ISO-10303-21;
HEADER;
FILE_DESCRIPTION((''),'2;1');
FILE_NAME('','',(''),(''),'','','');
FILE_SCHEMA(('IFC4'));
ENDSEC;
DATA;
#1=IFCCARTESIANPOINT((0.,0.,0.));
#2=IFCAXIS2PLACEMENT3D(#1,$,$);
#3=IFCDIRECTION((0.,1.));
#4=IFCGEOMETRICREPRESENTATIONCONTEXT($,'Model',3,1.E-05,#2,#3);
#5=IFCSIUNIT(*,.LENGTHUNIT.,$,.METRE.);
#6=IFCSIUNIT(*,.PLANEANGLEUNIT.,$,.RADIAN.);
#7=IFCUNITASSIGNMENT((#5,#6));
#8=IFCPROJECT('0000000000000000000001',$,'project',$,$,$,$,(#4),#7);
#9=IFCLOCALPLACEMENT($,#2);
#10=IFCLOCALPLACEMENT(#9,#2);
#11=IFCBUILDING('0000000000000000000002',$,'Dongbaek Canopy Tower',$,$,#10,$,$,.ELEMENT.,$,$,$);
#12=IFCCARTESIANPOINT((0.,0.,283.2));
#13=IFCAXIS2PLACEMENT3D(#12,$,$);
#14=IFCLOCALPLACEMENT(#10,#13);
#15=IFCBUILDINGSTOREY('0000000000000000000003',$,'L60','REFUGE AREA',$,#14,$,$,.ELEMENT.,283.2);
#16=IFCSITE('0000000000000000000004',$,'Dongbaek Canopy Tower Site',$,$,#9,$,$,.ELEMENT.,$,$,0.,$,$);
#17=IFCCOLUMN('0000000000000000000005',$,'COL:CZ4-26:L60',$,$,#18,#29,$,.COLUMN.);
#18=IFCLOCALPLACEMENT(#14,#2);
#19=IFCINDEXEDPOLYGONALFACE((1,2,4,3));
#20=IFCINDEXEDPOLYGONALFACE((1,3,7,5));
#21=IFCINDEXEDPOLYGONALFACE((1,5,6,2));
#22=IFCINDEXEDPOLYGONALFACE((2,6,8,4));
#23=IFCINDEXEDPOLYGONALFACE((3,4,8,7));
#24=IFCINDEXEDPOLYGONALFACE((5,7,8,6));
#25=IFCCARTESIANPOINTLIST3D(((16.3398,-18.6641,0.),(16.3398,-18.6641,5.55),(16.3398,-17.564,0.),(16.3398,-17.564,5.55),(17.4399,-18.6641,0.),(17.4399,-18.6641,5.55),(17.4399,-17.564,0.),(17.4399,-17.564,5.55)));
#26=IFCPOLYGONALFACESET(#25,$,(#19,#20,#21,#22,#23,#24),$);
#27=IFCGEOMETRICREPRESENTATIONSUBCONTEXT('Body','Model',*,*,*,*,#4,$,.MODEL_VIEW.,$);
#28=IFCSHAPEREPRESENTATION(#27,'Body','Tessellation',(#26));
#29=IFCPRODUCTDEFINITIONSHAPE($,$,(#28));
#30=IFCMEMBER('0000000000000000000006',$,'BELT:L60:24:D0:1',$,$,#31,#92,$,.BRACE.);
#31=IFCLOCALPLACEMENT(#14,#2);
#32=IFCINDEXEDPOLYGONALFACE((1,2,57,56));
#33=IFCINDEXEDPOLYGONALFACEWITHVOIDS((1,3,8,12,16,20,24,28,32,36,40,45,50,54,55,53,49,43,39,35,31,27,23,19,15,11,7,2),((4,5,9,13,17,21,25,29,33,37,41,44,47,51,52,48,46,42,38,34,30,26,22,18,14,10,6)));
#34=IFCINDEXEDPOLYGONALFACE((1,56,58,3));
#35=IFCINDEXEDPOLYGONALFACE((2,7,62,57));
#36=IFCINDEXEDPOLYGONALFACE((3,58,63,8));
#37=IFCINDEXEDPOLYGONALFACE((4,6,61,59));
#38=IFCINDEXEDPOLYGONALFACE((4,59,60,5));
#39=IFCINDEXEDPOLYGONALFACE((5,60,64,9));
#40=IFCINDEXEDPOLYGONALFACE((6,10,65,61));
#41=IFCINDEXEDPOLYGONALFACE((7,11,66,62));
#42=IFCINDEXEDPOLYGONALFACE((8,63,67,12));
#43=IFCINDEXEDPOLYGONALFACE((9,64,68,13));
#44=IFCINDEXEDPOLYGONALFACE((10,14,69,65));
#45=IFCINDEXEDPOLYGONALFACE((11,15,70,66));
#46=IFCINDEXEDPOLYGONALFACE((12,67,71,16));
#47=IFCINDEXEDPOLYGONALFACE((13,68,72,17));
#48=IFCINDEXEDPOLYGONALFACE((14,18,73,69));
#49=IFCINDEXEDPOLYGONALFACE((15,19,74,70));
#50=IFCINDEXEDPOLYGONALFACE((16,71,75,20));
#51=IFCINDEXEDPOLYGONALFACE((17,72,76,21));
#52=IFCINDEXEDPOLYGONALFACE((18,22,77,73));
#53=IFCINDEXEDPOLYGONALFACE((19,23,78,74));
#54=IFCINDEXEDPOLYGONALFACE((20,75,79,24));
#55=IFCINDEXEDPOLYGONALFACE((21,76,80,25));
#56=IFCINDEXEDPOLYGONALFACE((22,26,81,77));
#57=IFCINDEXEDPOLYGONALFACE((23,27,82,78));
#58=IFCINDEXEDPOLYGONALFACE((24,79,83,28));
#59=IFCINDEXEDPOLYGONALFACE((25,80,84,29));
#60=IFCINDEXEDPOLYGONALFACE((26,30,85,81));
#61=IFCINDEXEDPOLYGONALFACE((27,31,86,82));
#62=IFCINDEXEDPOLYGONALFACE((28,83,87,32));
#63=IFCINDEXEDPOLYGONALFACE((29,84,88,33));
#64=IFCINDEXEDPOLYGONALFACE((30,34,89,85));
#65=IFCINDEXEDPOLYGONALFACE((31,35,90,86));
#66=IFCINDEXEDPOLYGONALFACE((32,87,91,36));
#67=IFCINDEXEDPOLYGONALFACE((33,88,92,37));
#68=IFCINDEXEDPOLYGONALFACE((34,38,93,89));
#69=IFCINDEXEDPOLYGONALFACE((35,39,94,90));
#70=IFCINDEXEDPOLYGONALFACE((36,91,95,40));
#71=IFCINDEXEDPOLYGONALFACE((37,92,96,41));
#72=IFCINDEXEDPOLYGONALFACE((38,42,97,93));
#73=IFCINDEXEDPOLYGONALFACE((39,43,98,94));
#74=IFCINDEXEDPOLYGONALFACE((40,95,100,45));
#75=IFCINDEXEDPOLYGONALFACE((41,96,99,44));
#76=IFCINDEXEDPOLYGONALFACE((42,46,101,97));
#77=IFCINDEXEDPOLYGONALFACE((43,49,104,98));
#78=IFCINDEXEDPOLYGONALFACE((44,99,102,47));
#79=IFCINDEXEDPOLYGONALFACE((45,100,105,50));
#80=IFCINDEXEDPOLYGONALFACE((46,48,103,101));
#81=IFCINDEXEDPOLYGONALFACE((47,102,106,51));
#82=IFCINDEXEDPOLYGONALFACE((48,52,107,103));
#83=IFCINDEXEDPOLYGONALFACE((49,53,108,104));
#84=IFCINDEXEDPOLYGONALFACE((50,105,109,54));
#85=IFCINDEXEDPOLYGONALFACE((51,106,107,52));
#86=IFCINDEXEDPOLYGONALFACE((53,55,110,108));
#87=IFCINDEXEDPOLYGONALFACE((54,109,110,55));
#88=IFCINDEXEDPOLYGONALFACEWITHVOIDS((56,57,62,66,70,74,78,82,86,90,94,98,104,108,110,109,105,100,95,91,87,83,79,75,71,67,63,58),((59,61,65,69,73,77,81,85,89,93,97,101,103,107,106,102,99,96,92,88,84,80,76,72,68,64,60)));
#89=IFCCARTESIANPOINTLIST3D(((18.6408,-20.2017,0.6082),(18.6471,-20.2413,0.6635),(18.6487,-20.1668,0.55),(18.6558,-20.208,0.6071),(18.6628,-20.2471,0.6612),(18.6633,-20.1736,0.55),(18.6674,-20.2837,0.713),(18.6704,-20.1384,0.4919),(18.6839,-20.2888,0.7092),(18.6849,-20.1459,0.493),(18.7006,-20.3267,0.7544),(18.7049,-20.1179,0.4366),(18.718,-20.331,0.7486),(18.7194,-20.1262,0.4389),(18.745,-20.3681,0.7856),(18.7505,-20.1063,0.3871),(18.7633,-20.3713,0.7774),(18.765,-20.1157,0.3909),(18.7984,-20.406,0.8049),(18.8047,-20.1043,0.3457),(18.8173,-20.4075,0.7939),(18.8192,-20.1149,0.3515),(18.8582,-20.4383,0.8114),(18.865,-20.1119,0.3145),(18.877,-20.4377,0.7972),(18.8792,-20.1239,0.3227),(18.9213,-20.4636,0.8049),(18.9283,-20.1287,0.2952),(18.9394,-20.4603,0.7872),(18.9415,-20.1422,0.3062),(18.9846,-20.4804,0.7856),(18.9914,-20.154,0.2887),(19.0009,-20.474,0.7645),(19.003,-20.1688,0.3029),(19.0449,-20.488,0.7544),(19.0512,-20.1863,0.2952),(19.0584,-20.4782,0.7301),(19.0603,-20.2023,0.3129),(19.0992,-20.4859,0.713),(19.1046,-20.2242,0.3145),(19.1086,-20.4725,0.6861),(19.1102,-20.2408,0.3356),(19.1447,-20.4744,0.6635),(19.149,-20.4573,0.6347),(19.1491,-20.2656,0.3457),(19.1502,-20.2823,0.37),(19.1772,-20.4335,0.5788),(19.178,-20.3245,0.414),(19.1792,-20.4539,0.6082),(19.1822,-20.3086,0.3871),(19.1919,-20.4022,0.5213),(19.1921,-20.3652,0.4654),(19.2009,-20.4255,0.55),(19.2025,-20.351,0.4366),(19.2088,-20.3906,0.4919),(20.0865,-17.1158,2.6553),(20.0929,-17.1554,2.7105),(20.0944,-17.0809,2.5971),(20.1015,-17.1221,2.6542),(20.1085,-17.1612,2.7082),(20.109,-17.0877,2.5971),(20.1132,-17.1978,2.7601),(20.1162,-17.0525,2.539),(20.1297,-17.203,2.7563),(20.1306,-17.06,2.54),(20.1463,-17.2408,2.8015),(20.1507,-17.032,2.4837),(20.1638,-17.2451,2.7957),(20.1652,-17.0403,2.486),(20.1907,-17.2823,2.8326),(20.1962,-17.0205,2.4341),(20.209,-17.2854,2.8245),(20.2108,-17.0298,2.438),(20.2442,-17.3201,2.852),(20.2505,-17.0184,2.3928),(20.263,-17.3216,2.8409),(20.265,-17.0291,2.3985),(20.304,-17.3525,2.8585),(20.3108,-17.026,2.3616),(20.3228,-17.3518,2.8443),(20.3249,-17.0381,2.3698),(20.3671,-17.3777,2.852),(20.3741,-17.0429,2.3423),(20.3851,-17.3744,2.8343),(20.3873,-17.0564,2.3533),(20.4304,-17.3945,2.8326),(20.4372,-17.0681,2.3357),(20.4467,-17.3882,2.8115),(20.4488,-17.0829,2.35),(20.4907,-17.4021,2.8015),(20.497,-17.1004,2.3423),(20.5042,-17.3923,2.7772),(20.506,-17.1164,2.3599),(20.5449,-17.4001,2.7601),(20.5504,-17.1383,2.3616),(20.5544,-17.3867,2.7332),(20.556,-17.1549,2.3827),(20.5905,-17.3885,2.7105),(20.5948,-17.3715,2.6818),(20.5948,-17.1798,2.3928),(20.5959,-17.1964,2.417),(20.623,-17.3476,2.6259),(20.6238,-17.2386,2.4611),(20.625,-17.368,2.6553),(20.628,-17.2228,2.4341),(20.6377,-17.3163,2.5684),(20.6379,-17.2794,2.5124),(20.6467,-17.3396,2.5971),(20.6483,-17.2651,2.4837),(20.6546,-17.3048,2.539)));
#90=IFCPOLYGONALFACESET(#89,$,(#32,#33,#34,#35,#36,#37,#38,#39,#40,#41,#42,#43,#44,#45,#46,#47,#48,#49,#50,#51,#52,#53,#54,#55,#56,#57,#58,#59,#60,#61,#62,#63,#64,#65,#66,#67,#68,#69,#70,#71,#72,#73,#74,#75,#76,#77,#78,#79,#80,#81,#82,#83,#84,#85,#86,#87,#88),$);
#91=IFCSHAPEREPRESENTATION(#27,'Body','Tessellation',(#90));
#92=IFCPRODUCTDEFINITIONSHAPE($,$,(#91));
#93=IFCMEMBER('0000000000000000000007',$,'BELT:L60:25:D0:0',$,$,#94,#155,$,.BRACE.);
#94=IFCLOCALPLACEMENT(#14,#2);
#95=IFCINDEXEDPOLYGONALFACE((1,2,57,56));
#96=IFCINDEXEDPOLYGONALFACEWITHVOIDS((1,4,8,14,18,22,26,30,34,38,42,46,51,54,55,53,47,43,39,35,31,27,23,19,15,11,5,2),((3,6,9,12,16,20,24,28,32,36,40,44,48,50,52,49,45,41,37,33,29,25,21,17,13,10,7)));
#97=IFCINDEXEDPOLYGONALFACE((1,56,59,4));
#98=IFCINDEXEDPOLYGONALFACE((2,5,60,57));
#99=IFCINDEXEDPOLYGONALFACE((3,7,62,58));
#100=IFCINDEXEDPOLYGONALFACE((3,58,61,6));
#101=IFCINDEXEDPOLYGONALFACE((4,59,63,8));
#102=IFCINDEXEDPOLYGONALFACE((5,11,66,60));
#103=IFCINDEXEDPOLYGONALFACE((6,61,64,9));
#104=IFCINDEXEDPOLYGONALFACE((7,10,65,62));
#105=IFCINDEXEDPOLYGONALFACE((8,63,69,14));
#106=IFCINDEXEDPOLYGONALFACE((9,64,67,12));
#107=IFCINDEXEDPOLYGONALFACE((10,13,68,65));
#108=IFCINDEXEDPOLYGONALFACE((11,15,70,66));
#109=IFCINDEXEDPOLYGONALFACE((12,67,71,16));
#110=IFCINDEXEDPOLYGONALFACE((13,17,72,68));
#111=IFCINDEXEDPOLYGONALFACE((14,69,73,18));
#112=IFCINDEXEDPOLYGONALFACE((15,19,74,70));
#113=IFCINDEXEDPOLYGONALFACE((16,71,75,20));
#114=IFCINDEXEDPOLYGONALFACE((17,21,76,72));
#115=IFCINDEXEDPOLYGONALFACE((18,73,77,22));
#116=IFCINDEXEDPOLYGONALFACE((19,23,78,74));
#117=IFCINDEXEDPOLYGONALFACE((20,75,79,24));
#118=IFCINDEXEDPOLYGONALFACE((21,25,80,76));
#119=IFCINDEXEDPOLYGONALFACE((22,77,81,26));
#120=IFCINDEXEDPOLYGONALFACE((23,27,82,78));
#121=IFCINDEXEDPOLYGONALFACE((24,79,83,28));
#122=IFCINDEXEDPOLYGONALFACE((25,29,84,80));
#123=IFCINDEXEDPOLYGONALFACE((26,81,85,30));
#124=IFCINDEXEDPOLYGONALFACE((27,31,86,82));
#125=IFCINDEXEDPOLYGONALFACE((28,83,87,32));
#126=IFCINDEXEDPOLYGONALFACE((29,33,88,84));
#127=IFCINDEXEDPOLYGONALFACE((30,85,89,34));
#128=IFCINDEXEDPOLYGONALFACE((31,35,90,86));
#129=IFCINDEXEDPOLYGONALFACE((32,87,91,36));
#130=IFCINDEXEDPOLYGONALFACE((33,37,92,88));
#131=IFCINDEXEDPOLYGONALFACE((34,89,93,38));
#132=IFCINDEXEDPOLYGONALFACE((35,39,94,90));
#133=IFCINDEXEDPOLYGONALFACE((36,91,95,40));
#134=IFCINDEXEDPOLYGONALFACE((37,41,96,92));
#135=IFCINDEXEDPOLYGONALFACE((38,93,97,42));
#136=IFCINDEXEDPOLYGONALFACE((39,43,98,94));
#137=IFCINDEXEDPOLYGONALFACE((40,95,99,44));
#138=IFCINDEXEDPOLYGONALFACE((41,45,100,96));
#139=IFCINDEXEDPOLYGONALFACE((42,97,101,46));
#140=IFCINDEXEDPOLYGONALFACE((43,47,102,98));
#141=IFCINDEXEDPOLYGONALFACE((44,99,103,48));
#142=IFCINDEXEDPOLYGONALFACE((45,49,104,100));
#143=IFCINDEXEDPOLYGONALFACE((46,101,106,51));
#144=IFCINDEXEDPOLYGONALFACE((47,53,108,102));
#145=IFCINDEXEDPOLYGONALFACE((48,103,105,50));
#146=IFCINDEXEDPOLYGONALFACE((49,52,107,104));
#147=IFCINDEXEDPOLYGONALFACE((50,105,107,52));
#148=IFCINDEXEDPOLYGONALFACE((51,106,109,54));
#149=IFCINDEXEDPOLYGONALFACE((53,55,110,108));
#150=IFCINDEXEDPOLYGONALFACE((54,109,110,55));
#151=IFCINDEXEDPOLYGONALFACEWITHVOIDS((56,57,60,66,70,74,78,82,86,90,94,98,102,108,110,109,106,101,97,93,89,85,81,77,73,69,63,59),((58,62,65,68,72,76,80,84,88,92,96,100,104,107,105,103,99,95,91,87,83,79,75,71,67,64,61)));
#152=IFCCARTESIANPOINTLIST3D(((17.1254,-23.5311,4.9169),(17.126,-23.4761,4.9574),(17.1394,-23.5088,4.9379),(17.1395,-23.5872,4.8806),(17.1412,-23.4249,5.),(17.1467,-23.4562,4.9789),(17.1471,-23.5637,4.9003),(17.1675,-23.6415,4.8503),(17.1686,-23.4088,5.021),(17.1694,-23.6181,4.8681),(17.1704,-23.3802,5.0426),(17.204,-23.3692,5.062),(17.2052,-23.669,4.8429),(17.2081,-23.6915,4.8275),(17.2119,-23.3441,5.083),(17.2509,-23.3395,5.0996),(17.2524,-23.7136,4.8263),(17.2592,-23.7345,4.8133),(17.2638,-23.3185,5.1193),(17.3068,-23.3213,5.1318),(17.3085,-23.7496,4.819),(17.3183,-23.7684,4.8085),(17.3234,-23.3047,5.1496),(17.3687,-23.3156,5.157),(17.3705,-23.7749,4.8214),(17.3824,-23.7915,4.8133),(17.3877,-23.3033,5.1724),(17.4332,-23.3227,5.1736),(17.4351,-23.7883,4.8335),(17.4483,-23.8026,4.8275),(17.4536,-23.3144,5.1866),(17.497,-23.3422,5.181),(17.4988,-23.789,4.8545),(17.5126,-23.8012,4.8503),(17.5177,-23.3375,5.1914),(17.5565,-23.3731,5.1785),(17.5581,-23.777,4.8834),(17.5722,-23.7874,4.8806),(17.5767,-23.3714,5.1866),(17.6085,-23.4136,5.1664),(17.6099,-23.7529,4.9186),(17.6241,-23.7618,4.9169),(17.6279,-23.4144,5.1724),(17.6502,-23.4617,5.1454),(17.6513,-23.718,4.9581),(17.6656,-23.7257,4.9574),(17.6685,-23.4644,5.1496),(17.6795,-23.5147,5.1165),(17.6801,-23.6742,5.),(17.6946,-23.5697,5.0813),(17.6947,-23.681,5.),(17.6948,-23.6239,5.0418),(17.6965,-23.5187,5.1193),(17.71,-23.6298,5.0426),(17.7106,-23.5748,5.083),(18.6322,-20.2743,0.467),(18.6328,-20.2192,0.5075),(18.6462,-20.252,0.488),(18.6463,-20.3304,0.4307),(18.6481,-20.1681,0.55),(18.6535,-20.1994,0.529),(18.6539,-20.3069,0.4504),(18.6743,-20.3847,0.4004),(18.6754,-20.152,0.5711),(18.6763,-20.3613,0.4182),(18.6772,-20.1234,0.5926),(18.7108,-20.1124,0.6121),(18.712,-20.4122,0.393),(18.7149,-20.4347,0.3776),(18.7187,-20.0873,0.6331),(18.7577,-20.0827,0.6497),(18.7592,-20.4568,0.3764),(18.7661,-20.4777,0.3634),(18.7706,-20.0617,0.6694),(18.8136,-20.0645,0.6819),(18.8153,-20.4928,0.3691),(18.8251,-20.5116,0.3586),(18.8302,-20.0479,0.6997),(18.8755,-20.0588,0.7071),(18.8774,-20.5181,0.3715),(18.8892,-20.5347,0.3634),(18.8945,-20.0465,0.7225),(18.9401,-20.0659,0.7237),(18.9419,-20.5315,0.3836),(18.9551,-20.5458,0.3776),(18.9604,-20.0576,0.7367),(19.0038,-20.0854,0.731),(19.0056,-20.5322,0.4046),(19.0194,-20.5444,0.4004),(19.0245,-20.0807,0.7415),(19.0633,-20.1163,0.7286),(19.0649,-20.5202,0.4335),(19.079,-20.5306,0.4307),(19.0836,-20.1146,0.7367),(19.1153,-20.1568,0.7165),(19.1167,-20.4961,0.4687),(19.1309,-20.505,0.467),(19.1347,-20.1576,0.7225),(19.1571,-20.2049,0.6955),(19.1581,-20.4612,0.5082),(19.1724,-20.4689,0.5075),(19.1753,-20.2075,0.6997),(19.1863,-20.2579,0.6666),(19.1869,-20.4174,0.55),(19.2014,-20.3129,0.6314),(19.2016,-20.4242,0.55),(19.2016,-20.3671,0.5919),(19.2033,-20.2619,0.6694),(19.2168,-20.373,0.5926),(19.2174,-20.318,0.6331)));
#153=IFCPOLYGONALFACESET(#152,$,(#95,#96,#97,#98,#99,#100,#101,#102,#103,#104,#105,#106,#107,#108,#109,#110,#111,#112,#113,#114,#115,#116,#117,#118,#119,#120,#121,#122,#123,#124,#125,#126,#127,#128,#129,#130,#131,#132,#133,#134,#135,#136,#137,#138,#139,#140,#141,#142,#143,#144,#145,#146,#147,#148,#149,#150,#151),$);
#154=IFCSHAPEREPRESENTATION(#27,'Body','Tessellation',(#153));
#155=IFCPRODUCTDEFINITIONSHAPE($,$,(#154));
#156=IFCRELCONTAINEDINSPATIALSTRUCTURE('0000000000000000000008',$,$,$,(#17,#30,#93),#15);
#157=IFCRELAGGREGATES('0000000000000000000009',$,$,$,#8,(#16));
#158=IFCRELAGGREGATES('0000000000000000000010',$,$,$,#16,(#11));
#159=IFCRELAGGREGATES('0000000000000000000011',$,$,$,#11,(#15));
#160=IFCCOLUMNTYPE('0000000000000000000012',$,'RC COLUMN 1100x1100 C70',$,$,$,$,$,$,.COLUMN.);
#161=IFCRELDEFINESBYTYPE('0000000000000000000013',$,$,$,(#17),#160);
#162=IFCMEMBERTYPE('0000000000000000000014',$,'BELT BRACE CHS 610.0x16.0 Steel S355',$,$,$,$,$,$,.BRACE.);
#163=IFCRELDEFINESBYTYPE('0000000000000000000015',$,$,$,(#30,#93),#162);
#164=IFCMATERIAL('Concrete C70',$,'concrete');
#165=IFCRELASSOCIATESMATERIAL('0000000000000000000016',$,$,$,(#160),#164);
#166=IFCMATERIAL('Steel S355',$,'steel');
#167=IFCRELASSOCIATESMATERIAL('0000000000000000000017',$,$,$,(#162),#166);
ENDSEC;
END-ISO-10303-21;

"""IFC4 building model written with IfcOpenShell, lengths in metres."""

from ifc_helpers import new_model, si_unit, direction, frame, origin, origin_2d, place, context, subcontext, project, spatial, rectangle, hollow_circle, extrude, material, material_profile, profile_set, type_object, element, save


model = new_model("IFC4")

# Units and contexts
model_context = context("Model", 3, precision=1e-05, world=origin(), true_north=direction((0.0, 1.0)))
body_context = subcontext(model_context, "Body", "Model", "MODEL_VIEW")
ifc_project = project(units=[si_unit("LENGTHUNIT", "METRE"), si_unit("PLANEANGLEUNIT", "RADIAN")], contexts=[model_context])

# Site, building, storey
site_placement = place(None, origin())
site = spatial("IfcSite", under=ifc_project, at=site_placement, Name="Dongbaek Canopy Tower Site", CompositionType="ELEMENT", RefElevation=0.0)
building_placement = place(site_placement, origin())
building = spatial("IfcBuilding", under=site, at=building_placement, Name="Dongbaek Canopy Tower", CompositionType="ELEMENT")
storey_placement = place(building_placement, frame((0.0, 0.0, 283.2)))
storey = spatial("IfcBuildingStorey", under=building, at=storey_placement, Name="L60", Description="REFUGE AREA", CompositionType="ELEMENT", Elevation=283.2)

# Column
ifc_material_1 = material(Name="Concrete C70", Category="concrete")
ifc_material_profile_1 = material_profile(ifc_material_1, rectangle(XDim=1.1001, YDim=1.1001, at=origin_2d()), Name="RC COLUMN 1100x1100 C70")
ifc_profile_set_1 = profile_set([ifc_material_profile_1], Name="Concrete C70")
column_type = type_object("IfcColumnType", Name="RC COLUMN 1100x1100 C70", PredefinedType="COLUMN", material=ifc_profile_set_1)
column_placement = place(storey_placement, frame((16.8899, -18.114, 0.0), z_axis=(0.0, 0.0, 1.0), x_axis=(1.0, 0.0, 0.0)))
element("IfcColumn", 1, at=column_placement, inside=storey, type_object=column_type, Name="COL:CZ4-26:L60", PredefinedType="COLUMN", context=body_context, shape_type="SweptSolid", body=[
    extrude(rectangle(XDim=1.1001, YDim=1.1001, at=origin_2d()), origin(), (0.0, 0.0, 1.0), 5.55),
])

# Members
ifc_material_2 = material(Name="Steel S355", Category="steel")
ifc_material_profile_2 = material_profile(ifc_material_2, hollow_circle(Radius=0.3049, WallThickness=0.0161, at=origin_2d()), Name="BELT BRACE CHS 610.0x16.0 Steel S355")
ifc_profile_set_2 = profile_set([ifc_material_profile_2], Name="Steel S355")
member_type_1 = type_object("IfcMemberType", Name="BELT BRACE CHS 610.0x16.0 Steel S355", PredefinedType="BRACE", material=ifc_profile_set_2)
member_1_placement = place(storey_placement, frame((18.9248, -20.2961, 0.55), z_axis=(0.363684, 0.776252, 0.514943), x_axis=(-0.905542, 0.424258, 0.0)))
element("IfcMember", 2, at=member_1_placement, inside=storey, type_object=member_type_1, Name="BELT:L60:24:D0:1", PredefinedType="BRACE", context=body_context, shape_type="SweptSolid", body=[
    extrude(hollow_circle(Radius=0.3049, WallThickness=0.0161, at=origin_2d()), origin(), (0.0, 0.0, 1.0), 3.9753),
])
member_2_placement = place(storey_placement, frame((18.9248, -20.2961, 0.55), z_axis=(-0.263589, -0.569715, 0.778425), x_axis=(0.907569, -0.419904, 0.0)))
element("IfcMember", 3, at=member_2_placement, inside=storey, type_object=member_type_1, Name="BELT:L60:25:D0:0", PredefinedType="BRACE", context=body_context, shape_type="SweptSolid", body=[
    extrude(hollow_circle(Radius=0.3049, WallThickness=0.0161, at=origin_2d()), origin(), (0.0, 0.0, 1.0), 5.7166),
])

save(model, "model.ifc")
